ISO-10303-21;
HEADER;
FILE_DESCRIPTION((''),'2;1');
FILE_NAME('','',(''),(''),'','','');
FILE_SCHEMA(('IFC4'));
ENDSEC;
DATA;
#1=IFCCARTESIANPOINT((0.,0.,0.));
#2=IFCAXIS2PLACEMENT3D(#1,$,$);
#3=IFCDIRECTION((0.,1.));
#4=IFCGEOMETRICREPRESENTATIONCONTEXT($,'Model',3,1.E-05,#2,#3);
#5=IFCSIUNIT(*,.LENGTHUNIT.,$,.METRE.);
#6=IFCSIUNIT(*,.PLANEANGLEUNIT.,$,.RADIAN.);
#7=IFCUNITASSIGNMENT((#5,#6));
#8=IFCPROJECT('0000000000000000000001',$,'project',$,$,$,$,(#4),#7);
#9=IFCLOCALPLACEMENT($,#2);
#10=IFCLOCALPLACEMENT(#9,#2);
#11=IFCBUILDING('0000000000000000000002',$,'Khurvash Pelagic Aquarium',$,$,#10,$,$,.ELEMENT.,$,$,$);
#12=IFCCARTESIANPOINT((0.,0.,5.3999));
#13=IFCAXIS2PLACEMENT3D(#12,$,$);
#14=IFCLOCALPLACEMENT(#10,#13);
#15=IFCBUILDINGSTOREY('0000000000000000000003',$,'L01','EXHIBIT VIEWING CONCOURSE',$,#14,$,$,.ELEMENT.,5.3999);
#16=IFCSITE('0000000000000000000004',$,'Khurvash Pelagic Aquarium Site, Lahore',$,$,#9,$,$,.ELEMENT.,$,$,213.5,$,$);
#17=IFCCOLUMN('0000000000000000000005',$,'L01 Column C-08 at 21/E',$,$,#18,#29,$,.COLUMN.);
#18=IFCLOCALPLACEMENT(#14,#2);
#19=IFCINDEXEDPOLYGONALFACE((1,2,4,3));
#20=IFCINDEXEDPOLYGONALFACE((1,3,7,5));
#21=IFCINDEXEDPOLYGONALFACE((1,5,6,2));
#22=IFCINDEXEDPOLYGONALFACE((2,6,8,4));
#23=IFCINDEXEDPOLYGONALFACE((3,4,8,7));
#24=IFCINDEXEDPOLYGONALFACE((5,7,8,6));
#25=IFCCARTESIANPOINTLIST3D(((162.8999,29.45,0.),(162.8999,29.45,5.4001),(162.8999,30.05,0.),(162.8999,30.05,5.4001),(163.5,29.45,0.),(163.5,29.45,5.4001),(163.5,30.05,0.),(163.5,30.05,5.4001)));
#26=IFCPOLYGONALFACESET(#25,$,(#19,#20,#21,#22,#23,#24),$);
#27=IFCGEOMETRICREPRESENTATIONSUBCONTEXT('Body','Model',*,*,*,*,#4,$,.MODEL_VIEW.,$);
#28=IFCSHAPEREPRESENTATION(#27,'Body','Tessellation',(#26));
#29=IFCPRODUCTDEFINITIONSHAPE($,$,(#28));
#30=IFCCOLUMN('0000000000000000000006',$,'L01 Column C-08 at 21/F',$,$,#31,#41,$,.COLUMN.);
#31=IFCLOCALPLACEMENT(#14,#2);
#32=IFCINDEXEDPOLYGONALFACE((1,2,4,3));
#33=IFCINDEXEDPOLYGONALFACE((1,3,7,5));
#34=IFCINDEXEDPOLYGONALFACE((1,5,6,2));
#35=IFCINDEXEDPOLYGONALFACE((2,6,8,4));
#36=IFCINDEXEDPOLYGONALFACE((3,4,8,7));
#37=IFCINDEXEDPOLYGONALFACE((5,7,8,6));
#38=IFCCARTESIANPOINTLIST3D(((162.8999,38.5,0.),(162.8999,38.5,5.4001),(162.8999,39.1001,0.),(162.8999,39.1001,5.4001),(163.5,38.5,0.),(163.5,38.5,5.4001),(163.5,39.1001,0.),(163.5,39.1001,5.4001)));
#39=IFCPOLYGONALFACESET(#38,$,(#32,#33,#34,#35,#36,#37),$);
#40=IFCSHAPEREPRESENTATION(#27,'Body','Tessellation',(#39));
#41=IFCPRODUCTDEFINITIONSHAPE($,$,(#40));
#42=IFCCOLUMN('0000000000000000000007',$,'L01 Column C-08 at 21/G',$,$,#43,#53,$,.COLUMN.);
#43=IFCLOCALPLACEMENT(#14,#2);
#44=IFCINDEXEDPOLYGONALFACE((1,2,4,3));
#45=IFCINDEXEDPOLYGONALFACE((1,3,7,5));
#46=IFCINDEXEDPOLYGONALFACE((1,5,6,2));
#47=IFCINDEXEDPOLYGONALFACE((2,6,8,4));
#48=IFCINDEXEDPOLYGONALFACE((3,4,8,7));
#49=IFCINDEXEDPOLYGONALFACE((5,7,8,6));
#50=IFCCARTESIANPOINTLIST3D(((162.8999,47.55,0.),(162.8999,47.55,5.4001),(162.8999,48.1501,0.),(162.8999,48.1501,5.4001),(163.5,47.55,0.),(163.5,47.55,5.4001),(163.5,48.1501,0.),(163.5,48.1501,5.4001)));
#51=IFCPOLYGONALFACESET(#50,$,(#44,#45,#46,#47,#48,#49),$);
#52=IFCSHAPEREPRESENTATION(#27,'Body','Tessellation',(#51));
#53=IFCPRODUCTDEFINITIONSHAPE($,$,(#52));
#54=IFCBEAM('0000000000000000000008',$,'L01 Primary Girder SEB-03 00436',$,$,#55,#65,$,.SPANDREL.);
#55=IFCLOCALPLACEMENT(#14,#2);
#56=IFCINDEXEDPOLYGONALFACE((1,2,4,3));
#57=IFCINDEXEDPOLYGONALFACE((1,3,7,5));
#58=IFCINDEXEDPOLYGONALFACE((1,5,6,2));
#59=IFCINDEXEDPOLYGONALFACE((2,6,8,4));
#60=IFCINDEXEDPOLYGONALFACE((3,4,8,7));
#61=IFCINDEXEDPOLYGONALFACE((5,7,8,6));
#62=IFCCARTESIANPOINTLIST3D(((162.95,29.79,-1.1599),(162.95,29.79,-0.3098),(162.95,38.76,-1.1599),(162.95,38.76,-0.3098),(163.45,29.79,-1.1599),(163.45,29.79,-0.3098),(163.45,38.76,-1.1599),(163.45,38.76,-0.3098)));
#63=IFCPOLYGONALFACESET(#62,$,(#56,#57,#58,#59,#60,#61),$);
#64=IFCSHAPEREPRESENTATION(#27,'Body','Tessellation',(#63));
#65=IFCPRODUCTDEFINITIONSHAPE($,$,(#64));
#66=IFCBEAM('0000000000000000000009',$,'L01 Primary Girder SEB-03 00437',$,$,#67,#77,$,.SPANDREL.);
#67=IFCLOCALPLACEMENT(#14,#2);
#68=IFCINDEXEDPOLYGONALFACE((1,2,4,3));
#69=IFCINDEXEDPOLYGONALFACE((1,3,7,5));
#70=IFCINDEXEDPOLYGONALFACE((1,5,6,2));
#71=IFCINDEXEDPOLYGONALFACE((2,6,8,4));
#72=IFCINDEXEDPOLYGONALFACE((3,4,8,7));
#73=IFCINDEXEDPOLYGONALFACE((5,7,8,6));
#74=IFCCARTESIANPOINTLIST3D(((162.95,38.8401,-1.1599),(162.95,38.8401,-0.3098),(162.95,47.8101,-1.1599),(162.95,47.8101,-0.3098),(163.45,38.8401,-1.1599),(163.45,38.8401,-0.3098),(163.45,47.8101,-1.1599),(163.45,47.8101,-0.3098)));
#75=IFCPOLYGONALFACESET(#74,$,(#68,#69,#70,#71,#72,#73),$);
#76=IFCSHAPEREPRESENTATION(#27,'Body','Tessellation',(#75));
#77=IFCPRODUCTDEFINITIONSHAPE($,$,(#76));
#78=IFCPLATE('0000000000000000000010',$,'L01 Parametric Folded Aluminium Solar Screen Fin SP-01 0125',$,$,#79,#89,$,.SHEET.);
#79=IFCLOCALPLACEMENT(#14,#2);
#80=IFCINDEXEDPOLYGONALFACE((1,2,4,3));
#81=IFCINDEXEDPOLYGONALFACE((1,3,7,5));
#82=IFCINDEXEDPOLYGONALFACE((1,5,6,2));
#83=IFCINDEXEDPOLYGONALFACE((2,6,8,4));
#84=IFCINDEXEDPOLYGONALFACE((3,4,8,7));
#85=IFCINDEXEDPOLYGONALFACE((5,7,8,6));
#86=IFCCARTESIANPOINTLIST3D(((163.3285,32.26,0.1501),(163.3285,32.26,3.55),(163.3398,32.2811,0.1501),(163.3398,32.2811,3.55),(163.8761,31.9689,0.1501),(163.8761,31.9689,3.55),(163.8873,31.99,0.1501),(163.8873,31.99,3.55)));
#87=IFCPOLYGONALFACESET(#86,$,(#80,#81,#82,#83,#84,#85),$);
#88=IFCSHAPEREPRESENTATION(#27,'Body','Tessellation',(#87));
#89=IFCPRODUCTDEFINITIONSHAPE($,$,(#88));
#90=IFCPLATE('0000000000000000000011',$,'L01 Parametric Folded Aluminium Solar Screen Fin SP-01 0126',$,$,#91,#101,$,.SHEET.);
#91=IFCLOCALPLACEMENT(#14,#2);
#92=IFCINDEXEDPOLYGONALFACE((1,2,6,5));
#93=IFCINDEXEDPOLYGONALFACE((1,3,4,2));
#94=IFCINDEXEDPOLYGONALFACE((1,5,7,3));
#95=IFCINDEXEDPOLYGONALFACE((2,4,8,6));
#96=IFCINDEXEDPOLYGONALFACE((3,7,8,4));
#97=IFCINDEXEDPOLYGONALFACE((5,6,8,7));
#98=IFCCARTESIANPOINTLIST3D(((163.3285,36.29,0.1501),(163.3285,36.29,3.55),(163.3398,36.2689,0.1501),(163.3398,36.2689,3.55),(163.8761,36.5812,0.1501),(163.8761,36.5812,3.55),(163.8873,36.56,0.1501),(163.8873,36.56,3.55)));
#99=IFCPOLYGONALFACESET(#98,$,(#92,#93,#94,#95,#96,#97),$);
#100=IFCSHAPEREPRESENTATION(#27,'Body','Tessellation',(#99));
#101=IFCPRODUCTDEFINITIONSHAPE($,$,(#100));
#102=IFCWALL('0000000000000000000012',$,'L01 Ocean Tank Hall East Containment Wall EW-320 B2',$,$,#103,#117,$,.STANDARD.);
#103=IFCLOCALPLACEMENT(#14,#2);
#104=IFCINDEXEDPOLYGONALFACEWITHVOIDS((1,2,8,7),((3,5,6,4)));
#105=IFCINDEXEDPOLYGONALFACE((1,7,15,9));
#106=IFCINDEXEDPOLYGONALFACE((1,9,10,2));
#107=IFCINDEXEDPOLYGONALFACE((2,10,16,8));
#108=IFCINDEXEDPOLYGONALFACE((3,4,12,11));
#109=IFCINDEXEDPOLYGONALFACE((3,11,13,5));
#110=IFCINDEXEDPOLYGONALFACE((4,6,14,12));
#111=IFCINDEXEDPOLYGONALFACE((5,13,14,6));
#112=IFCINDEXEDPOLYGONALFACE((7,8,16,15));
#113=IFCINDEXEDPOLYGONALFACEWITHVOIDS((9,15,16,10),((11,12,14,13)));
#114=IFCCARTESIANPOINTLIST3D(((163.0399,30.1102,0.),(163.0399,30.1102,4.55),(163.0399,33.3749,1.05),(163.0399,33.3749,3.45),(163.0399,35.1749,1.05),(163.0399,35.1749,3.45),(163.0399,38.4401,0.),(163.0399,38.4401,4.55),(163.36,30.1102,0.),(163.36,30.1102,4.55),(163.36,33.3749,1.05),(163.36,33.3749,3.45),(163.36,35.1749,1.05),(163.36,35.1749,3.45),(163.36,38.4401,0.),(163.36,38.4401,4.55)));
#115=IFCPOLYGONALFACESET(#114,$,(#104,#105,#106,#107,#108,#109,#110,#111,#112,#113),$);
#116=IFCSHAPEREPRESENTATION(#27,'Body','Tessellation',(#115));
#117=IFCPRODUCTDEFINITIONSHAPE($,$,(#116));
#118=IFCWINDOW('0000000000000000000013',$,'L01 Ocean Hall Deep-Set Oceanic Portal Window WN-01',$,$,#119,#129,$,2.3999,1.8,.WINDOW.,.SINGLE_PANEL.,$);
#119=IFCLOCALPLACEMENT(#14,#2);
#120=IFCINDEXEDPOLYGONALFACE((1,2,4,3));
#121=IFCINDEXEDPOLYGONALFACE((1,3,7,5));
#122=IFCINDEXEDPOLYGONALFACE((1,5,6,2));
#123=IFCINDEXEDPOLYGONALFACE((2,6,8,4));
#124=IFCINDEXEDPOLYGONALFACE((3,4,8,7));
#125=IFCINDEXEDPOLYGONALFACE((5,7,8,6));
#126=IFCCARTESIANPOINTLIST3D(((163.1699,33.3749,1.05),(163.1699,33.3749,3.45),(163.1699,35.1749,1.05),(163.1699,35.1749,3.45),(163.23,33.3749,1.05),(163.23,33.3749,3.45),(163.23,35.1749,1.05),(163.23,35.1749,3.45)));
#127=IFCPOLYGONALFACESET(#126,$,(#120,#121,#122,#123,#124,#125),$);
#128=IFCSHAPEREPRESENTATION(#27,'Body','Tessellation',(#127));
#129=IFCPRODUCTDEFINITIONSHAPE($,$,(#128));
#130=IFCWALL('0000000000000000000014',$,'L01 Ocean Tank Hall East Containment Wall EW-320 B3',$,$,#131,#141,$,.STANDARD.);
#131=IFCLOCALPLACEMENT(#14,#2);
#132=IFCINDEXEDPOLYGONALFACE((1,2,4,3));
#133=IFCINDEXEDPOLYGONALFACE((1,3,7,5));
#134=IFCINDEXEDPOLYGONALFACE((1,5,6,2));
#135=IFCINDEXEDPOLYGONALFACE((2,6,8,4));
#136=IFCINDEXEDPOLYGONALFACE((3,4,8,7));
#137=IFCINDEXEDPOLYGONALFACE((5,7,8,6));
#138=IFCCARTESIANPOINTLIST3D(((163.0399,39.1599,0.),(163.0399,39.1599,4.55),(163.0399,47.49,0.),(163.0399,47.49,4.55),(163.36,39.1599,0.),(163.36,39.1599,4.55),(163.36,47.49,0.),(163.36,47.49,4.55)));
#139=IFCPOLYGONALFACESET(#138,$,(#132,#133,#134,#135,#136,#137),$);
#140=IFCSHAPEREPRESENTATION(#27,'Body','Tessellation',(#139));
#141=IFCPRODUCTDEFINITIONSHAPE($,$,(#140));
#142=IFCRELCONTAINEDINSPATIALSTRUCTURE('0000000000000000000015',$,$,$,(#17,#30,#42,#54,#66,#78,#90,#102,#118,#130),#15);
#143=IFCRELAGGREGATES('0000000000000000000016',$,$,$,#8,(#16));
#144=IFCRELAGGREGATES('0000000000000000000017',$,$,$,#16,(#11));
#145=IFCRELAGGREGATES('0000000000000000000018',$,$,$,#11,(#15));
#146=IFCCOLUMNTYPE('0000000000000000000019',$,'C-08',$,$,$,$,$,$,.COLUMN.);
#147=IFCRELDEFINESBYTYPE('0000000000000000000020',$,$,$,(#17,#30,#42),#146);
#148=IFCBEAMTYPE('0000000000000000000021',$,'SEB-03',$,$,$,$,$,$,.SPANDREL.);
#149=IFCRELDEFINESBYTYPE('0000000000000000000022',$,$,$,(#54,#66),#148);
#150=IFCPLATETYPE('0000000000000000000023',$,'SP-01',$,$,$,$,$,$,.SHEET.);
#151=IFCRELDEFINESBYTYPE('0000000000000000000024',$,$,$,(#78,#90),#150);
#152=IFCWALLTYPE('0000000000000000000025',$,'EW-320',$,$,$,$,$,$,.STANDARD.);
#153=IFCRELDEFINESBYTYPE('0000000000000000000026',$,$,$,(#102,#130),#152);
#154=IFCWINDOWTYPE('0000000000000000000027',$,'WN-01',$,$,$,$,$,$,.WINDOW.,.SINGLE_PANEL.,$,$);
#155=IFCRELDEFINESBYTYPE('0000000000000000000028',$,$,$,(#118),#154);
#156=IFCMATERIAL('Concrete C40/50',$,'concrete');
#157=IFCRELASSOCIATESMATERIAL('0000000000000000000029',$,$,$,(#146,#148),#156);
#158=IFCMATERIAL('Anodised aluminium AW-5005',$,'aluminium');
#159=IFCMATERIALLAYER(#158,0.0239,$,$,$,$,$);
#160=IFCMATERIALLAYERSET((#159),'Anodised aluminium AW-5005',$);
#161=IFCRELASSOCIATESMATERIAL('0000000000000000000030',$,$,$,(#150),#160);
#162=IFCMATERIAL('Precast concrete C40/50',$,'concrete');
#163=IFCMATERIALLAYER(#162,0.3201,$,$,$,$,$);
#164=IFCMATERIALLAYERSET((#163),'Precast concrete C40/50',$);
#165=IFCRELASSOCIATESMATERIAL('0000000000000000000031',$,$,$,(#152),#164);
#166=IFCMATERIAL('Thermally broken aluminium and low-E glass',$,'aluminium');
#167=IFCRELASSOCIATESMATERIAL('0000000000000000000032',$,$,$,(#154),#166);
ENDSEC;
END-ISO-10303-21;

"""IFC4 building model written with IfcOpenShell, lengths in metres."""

from ifc_helpers import new_model, si_unit, direction, frame, frame_2d, origin, origin_2d, place, context, subcontext, project, spatial, rectangle, extrude, material, layer, layer_set, material_profile, profile_set, type_object, element, fill, save


model = new_model("IFC4")

# Units and contexts
model_context = context("Model", 3, precision=1e-05, world=origin(), true_north=direction((0.0, 1.0)))
body_context = subcontext(model_context, "Body", "Model", "MODEL_VIEW")
ifc_project = project(units=[si_unit("LENGTHUNIT", "METRE"), si_unit("PLANEANGLEUNIT", "RADIAN")], contexts=[model_context])

# Site, building, storey
site_placement = place(None, origin())
site = spatial("IfcSite", under=ifc_project, at=site_placement, Name="Khurvash Pelagic Aquarium Site, Lahore", CompositionType="ELEMENT", RefElevation=213.5)
building_placement = place(site_placement, origin())
building = spatial("IfcBuilding", under=site, at=building_placement, Name="Khurvash Pelagic Aquarium", CompositionType="ELEMENT")
storey_placement = place(building_placement, frame((0.0, 0.0, 5.3999)))
storey = spatial("IfcBuildingStorey", under=building, at=storey_placement, Name="L01", Description="EXHIBIT VIEWING CONCOURSE", CompositionType="ELEMENT", Elevation=5.3999)

# Columns
ifc_material_1 = material(Name="Concrete C40/50", Category="concrete")
ifc_material_profile_1 = material_profile(ifc_material_1, rectangle(XDim=0.6001, YDim=0.6001, at=origin_2d()), Name="RC600X600")
ifc_profile_set_1 = profile_set([ifc_material_profile_1], Name="Concrete C40/50")
column_type = type_object("IfcColumnType", Name="C-08", PredefinedType="COLUMN", material=ifc_profile_set_1)
for number, where, z_axis, x_axis, name in (
    (1, (163.2, 29.75, 0.0), (0.0, 0.0, 1.0), (1.0, 0.0, 0.0), "L01 Column C-08 at 21/E"),
    (2, (163.2, 38.8, 0.0), (0.0, 0.0, 1.0), (1.0, 0.0, 0.0), "L01 Column C-08 at 21/F"),
    (3, (163.2, 47.8501, 0.0), (0.0, 0.0, 1.0), (1.0, 0.0, 0.0), "L01 Column C-08 at 21/G"),
):
    element("IfcColumn", number, at=place(storey_placement, frame(where, z_axis=z_axis, x_axis=x_axis)), inside=storey, type_object=column_type, Name=name, PredefinedType="COLUMN", context=body_context, shape_type="SweptSolid", body=[
        extrude(rectangle(XDim=0.6001, YDim=0.6001, at=origin_2d()), origin(), (0.0, 0.0, 1.0), 5.4001),
    ])

# Beams
ifc_material_profile_2 = material_profile(ifc_material_1, rectangle(XDim=0.5, YDim=0.8501, at=origin_2d()), Name="RC500X850")
ifc_profile_set_2 = profile_set([ifc_material_profile_2], Name="Concrete C40/50")
beam_type = type_object("IfcBeamType", Name="SEB-03", PredefinedType="SPANDREL", material=ifc_profile_set_2)
for number, where, z_axis, x_axis, name in (
    (4, (163.2, 29.79, -0.7349), (0.0, 1.0, 0.0), (-1.0, 0.0, 0.0), "L01 Primary Girder SEB-03 00436"),
    (5, (163.2, 38.8401, -0.7349), (0.0, 1.0, 0.0), (-1.0, 0.0, 0.0), "L01 Primary Girder SEB-03 00437"),
):
    element("IfcBeam", number, at=place(storey_placement, frame(where, z_axis=z_axis, x_axis=x_axis)), inside=storey, type_object=beam_type, Name=name, PredefinedType="SPANDREL", context=body_context, shape_type="SweptSolid", body=[
        extrude(rectangle(XDim=0.5, YDim=0.8501, at=origin_2d()), origin(), (0.0, 0.0, 1.0), 8.97),
    ])

# Plates
ifc_material_2 = material(Name="Anodised aluminium AW-5005", Category="aluminium")
ifc_layer_1 = layer(ifc_material_2, 0.0239)
ifc_layer_set_1 = layer_set([ifc_layer_1], Name="Anodised aluminium AW-5005")
plate_type = type_object("IfcPlateType", Name="SP-01", PredefinedType="SHEET", material=ifc_layer_set_1)
for number, where, z_axis, x_axis, name in (
    (6, (163.6079, 32.125, 0.1501), (0.0, 0.0, 1.0), (0.882948, -0.469472, 0.0), "L01 Parametric Folded Aluminium Solar Screen Fin SP-01 0125"),
    (7, (163.6079, 36.425, 0.1501), (0.0, 0.0, 1.0), (0.882948, 0.469472, 0.0), "L01 Parametric Folded Aluminium Solar Screen Fin SP-01 0126"),
):
    element("IfcPlate", number, at=place(storey_placement, frame(where, z_axis=z_axis, x_axis=x_axis)), inside=storey, type_object=plate_type, Name=name, PredefinedType="SHEET", context=body_context, shape_type="SweptSolid", body=[
        extrude(rectangle(XDim=0.6201, YDim=0.0239, at=origin_2d()), origin(), (0.0, 0.0, 1.0), 3.3999),
    ])

# Wall, opening, window
ifc_material_3 = material(Name="Precast concrete C40/50", Category="concrete")
ifc_layer_2 = layer(ifc_material_3, 0.3201)
ifc_layer_set_2 = layer_set([ifc_layer_2], Name="Precast concrete C40/50")
wall_type_1 = type_object("IfcWallType", Name="EW-320", PredefinedType="STANDARD", material=ifc_layer_set_2)
wall_1_placement = place(storey_placement, frame((163.2, 30.1101, 0.0), z_axis=(0.0, 0.0, 1.0), x_axis=(0.0, 1.0, 0.0)))
wall_1 = element("IfcWall", 8, at=wall_1_placement, inside=storey, type_object=wall_type_1, Name="L01 Ocean Tank Hall East Containment Wall EW-320 B2", PredefinedType="STANDARD", context=body_context, shape_type="SweptSolid", body=[
    extrude(rectangle(XDim=8.3298, YDim=0.3201, at=frame_2d((4.165, 0.0))), origin(), (0.0, 0.0, 1.0), 4.55),
])
opening_1_placement = place(wall_1_placement, frame((3.2649, 0.0, 1.05)))
opening_1 = element("IfcOpeningElement", 9, at=opening_1_placement, cuts=wall_1, PredefinedType="OPENING", context=body_context, shape_type="SweptSolid", body=[
    extrude(rectangle(XDim=1.8, YDim=2.3999, at=frame_2d((0.8999, 1.2))), frame((0.0, 0.1699, 0.0), z_axis=(0.0, -1.0, 0.0), x_axis=(1.0, 0.0, 0.0)), (0.0, 0.0, 1.0), 0.3401),
])
ifc_material_4 = material(Name="Thermally broken aluminium and low-E glass", Category="aluminium")
window_type_1 = type_object("IfcWindowType", Name="WN-01", PartitioningType="SINGLE_PANEL", PredefinedType="WINDOW", material=ifc_material_4)
window_1_placement = place(opening_1_placement, origin())
window_1 = element("IfcWindow", 10, at=window_1_placement, inside=storey, type_object=window_type_1, Name="L01 Ocean Hall Deep-Set Oceanic Portal Window WN-01", OverallHeight=2.3999, OverallWidth=1.8, PartitioningType="SINGLE_PANEL", PredefinedType="WINDOW", context=body_context, shape_type="SweptSolid", body=[
    extrude(rectangle(XDim=1.8, YDim=2.3999, at=frame_2d((0.8999, 1.2))), frame((0.0, 0.03, 0.0), z_axis=(0.0, -1.0, 0.0), x_axis=(1.0, 0.0, 0.0)), (0.0, 0.0, 1.0), 0.0601),
])
fill(opening_1, window_1)

# Wall
wall_2_placement = place(storey_placement, frame((163.2, 39.1599, 0.0), z_axis=(0.0, 0.0, 1.0), x_axis=(0.0, 1.0, 0.0)))
element("IfcWall", 11, at=wall_2_placement, inside=storey, type_object=wall_type_1, Name="L01 Ocean Tank Hall East Containment Wall EW-320 B3", PredefinedType="STANDARD", context=body_context, shape_type="SweptSolid", body=[
    extrude(rectangle(XDim=8.3301, YDim=0.3201, at=frame_2d((4.165, 0.0))), origin(), (0.0, 0.0, 1.0), 4.55),
])

save(model, "model.ifc")
